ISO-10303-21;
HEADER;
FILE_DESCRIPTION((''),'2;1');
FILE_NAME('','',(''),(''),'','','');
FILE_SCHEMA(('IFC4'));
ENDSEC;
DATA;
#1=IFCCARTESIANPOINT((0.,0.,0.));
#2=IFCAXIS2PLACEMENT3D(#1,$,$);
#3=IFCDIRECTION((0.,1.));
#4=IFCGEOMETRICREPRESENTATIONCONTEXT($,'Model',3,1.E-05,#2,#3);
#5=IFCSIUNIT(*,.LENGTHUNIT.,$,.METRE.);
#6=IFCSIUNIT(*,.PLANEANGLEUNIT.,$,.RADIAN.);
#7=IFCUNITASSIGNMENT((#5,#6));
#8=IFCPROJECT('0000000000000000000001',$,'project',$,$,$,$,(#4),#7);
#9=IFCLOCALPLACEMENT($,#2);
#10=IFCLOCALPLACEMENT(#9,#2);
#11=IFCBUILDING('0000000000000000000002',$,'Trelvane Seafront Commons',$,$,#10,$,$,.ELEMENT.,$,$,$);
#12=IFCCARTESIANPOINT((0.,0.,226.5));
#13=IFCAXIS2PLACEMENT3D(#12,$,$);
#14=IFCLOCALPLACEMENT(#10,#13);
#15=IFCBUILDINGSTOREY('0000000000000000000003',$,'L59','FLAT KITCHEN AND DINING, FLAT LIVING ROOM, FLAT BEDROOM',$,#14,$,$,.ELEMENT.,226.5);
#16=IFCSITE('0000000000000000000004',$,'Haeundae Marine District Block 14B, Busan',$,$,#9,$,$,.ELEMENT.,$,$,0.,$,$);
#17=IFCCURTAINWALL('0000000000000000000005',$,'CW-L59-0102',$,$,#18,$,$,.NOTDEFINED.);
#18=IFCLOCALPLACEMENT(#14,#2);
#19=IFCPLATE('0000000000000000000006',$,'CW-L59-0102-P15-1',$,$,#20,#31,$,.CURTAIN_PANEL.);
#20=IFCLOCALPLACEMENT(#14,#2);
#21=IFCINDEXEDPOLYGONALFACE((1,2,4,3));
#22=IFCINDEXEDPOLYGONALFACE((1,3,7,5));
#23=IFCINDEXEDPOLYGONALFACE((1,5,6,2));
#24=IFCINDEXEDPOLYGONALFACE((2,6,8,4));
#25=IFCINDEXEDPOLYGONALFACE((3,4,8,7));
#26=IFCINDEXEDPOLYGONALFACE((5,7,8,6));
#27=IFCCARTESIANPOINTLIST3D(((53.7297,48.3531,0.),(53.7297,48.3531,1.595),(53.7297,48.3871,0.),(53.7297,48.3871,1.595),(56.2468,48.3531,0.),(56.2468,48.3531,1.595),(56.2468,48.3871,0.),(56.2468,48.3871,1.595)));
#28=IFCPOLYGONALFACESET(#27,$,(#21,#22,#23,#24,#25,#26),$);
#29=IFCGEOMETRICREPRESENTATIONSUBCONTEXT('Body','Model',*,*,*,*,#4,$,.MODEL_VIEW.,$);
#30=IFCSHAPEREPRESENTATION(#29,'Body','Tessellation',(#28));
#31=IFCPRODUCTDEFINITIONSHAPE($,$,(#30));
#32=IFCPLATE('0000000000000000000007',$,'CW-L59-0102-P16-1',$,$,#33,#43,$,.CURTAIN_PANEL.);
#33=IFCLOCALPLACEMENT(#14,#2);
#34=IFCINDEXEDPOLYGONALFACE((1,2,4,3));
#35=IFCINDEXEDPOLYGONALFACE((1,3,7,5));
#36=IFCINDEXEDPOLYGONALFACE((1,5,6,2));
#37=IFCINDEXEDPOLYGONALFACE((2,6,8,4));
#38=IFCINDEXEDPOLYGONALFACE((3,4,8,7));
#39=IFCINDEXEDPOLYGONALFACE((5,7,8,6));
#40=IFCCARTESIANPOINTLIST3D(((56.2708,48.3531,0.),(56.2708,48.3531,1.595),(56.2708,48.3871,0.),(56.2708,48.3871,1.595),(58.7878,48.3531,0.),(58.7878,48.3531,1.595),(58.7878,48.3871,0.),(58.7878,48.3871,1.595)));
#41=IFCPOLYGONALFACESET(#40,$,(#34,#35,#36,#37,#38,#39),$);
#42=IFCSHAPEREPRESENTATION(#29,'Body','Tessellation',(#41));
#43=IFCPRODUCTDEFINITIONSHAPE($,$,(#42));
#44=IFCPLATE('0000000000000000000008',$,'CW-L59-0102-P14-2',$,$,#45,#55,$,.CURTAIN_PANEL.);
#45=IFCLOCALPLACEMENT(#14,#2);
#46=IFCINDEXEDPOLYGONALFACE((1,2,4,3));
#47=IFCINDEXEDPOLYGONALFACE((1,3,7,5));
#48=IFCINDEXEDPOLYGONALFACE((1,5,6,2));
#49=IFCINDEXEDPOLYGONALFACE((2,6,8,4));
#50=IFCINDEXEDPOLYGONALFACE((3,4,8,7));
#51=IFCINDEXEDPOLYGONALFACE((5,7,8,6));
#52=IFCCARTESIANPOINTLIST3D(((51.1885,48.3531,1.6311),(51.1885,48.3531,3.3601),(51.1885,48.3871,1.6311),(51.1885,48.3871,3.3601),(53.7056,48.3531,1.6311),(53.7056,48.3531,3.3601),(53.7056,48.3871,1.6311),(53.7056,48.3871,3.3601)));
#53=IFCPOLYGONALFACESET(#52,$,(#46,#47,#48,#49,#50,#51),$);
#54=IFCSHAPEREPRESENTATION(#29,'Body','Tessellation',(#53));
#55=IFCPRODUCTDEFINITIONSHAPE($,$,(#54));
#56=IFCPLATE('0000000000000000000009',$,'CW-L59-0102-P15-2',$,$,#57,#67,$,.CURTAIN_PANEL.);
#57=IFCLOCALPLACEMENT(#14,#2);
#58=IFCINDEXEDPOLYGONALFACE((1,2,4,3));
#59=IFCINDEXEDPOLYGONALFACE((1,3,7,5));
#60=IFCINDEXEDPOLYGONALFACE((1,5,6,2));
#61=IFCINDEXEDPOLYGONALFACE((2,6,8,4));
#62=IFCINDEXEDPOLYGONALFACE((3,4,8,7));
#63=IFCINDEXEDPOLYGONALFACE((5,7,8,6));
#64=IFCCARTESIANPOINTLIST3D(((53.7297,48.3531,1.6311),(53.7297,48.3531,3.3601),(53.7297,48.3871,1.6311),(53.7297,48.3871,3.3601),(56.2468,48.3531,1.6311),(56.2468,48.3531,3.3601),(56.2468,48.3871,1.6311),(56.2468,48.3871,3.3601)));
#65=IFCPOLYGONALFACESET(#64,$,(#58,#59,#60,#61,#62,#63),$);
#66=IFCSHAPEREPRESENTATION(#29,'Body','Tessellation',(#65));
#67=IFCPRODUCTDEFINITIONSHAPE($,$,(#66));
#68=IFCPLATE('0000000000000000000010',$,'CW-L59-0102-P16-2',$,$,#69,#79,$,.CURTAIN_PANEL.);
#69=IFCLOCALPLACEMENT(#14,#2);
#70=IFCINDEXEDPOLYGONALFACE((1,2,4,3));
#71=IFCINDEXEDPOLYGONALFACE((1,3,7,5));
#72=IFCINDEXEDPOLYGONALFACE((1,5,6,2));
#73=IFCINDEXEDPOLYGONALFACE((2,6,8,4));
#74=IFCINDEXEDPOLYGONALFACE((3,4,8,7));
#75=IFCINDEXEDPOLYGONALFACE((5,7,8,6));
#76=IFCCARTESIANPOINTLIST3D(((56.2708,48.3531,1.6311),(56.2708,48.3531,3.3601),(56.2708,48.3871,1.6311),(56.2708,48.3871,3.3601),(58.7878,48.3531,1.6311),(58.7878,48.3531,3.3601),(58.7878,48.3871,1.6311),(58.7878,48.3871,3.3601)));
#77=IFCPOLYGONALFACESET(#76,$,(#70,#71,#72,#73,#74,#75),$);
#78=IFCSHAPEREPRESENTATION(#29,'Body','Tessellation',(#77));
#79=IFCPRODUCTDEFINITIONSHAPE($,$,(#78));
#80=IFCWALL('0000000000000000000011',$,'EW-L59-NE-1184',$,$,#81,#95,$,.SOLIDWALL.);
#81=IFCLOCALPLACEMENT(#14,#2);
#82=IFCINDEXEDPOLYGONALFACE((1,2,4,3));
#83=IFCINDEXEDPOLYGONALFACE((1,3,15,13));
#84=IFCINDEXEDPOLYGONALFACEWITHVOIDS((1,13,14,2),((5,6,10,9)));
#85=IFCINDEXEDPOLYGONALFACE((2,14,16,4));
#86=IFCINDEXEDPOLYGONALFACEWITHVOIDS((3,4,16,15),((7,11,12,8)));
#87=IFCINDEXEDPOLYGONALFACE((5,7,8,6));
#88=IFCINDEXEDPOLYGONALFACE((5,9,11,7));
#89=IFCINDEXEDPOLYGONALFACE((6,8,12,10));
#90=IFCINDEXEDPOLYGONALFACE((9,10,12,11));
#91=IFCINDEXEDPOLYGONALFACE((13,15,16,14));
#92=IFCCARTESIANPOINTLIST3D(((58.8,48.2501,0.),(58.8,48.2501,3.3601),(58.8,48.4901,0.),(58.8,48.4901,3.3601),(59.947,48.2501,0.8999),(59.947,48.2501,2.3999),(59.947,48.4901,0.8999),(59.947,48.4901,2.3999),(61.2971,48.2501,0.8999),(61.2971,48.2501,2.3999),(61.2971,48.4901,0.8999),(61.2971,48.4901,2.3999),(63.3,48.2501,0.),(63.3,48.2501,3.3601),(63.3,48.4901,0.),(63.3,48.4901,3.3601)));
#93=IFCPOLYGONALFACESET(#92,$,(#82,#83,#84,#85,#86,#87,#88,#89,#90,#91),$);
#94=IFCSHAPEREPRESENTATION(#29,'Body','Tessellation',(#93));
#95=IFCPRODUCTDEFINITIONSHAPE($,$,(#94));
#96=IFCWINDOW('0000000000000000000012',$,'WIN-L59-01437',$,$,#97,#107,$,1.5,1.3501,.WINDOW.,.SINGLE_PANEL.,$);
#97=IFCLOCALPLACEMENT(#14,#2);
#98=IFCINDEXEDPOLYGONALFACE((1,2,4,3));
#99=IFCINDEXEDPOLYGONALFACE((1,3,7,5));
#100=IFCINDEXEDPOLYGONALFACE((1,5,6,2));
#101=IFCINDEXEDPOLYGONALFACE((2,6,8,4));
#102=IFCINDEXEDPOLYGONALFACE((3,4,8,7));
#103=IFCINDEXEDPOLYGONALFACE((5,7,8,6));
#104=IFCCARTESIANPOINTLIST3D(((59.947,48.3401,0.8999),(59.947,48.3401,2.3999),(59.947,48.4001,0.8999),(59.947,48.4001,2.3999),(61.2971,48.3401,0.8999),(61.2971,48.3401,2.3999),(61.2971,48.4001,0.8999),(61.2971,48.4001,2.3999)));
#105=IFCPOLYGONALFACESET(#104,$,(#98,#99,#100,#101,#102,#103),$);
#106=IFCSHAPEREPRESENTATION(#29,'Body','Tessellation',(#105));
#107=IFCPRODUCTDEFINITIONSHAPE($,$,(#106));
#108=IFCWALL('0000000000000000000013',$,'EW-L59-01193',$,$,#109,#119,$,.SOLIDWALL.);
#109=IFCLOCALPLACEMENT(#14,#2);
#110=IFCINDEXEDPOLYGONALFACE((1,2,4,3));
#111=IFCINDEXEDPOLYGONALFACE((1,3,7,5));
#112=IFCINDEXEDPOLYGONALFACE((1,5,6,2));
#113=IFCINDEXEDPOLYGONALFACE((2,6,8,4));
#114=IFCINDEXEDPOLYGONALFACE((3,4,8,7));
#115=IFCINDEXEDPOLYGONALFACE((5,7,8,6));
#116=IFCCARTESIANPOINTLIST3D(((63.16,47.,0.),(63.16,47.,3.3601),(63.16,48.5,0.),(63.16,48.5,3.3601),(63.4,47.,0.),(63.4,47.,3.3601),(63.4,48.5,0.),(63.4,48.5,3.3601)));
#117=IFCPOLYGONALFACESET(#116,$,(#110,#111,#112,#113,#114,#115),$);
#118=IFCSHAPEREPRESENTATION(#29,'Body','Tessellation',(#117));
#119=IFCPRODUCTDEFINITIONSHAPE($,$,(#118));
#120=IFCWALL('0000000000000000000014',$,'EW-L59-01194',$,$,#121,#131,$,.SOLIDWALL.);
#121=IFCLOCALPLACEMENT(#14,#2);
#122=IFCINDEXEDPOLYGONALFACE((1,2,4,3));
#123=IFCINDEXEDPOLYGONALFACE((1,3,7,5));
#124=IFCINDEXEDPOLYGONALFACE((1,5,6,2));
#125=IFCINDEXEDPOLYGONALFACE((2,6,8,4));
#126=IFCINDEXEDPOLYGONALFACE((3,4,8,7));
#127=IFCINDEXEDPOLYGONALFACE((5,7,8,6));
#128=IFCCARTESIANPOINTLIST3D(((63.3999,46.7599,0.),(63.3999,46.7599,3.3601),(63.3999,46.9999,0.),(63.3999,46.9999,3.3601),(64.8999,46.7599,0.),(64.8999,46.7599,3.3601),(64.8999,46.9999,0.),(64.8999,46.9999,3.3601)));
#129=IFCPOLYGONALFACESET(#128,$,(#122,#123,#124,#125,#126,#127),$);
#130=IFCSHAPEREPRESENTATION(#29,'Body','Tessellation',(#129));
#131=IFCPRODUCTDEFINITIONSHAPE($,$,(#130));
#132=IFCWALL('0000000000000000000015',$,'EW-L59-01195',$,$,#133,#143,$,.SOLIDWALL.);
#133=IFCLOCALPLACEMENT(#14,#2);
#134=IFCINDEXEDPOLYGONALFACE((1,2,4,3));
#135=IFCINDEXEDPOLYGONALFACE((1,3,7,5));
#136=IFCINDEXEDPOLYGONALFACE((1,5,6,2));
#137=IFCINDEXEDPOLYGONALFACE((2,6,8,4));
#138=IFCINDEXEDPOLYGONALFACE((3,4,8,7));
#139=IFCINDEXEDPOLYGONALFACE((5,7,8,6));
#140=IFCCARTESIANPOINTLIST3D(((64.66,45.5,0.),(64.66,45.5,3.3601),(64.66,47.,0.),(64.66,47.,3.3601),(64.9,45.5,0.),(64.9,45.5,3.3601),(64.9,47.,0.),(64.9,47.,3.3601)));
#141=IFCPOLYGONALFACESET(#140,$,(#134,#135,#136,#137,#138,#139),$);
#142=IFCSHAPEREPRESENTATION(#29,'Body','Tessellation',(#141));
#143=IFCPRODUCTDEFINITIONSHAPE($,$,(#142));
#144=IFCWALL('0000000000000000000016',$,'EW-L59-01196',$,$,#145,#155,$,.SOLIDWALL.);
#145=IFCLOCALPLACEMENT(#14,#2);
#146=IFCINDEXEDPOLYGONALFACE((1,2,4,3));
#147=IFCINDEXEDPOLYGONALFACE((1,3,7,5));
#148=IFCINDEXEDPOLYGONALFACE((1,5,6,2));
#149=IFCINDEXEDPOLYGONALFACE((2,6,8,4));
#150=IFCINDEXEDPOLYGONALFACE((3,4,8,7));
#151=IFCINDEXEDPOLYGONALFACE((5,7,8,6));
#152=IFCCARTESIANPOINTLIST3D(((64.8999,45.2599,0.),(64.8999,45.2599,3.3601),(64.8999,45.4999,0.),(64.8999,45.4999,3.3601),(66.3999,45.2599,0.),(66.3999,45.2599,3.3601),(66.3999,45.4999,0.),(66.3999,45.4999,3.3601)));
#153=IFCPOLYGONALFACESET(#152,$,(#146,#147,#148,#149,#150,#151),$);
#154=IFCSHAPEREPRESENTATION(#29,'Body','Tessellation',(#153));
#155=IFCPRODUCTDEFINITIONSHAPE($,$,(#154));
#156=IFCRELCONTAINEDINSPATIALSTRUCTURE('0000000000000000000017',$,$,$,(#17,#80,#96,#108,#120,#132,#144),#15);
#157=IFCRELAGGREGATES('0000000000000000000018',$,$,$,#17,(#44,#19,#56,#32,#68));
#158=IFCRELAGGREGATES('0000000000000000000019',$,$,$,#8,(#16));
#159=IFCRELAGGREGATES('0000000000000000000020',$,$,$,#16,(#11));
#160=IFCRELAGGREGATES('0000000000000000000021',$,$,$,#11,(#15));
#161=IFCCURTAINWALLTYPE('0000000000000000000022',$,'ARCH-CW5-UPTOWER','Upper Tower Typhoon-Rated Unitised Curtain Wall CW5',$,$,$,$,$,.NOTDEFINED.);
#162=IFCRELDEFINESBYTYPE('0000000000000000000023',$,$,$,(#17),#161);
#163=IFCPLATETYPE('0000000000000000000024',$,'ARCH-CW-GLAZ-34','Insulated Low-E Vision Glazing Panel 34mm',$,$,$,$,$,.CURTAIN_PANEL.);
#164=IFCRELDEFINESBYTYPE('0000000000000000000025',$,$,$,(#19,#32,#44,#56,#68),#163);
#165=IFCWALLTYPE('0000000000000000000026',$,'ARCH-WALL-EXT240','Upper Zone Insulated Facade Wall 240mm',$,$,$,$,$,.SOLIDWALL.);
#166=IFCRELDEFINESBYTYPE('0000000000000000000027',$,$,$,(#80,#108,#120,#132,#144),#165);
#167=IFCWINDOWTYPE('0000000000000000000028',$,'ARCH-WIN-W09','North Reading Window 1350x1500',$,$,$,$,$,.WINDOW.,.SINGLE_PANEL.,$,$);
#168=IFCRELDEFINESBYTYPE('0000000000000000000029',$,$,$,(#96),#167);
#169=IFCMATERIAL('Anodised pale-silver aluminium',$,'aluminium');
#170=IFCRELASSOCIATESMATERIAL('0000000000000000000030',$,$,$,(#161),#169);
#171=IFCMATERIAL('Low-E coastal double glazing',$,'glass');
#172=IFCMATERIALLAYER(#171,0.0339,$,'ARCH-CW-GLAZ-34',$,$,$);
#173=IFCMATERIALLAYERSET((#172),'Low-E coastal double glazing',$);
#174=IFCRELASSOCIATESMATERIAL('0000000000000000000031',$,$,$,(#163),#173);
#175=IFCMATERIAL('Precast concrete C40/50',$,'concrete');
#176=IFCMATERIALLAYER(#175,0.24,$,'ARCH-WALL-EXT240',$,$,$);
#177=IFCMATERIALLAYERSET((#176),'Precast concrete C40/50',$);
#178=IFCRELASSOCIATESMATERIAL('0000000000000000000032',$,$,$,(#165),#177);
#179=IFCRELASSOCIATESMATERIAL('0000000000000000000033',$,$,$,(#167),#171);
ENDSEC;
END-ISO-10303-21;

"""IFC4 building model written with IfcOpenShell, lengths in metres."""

from ifc_helpers import new_model, si_unit, direction, frame, frame_2d, origin, origin_2d, place, context, subcontext, project, spatial, rectangle, extrude, source, transform, mapped, material, layer, layer_set, type_object, element, fill, aggregate, save


model = new_model("IFC4")

# Units and contexts
model_context = context("Model", 3, precision=1e-05, world=origin(), true_north=direction((0.0, 1.0)))
body_context = subcontext(model_context, "Body", "Model", "MODEL_VIEW")
ifc_project = project(units=[si_unit("LENGTHUNIT", "METRE"), si_unit("PLANEANGLEUNIT", "RADIAN")], contexts=[model_context])

# Site, building, storey
site_placement = place(None, origin())
site = spatial("IfcSite", under=ifc_project, at=site_placement, Name="Haeundae Marine District Block 14B, Busan", CompositionType="ELEMENT", RefElevation=0.0)
building_placement = place(site_placement, origin())
building = spatial("IfcBuilding", under=site, at=building_placement, Name="Trelvane Seafront Commons", CompositionType="ELEMENT")
storey_placement = place(building_placement, frame((0.0, 0.0, 226.5)))
storey = spatial("IfcBuildingStorey", under=building, at=storey_placement, Name="L59", Description="FLAT KITCHEN AND DINING, FLAT LIVING ROOM, FLAT BEDROOM", CompositionType="ELEMENT", Elevation=226.5)

# Curtain wall
ifc_material_1 = material(Name="Anodised pale-silver aluminium", Category="aluminium")
curtain_wall_type = type_object("IfcCurtainWallType", Name="ARCH-CW5-UPTOWER", Description="Upper Tower Typhoon-Rated Unitised Curtain Wall CW5", PredefinedType="NOTDEFINED", material=ifc_material_1)
curtain_wall_placement = place(storey_placement, origin())
curtain_wall = element("IfcCurtainWall", 1, at=curtain_wall_placement, inside=storey, type_object=curtain_wall_type, Name="CW-L59-0102", PredefinedType="NOTDEFINED")

# Plates
ifc_material_2 = material(Name="Low-E coastal double glazing", Category="glass")
ifc_layer_1 = layer(ifc_material_2, 0.0339, Name="ARCH-CW-GLAZ-34")
ifc_layer_set_1 = layer_set([ifc_layer_1], Name="Low-E coastal double glazing")
plate_type_1 = type_object("IfcPlateType", Name="ARCH-CW-GLAZ-34", Description="Insulated Low-E Vision Glazing Panel 34mm", PredefinedType="CURTAIN_PANEL", material=ifc_layer_set_1)
shared_shape_1 = source(origin(), body_context, "Body", "SweptSolid", [
    extrude(rectangle(XDim=2.5171, YDim=0.0339, at=origin_2d()), origin(), (0.0, 0.0, 1.0), 1.595),
])
plate_1_placement = place(storey_placement, frame((54.9883, 48.3701, 0.0), z_axis=(0.0, 0.0, 1.0), x_axis=(1.0, 0.0, 0.0)))
plate_1 = element("IfcPlate", 2, at=plate_1_placement, type_object=plate_type_1, Name="CW-L59-0102-P15-1", PredefinedType="CURTAIN_PANEL", context=body_context, shape_type="MappedRepresentation", body=[
    mapped(shared_shape_1, transform((0.0, 0.0, 0.0), x_axis=(1.0, 0.0, 0.0), y_axis=(0.0, 1.0, 0.0), z_axis=(0.0, 0.0, 1.0), scale=1.0)),
])
plate_2_placement = place(storey_placement, frame((57.5293, 48.3701, 0.0), z_axis=(0.0, 0.0, 1.0), x_axis=(1.0, 0.0, 0.0)))
plate_2 = element("IfcPlate", 3, at=plate_2_placement, type_object=plate_type_1, Name="CW-L59-0102-P16-1", PredefinedType="CURTAIN_PANEL", context=body_context, shape_type="MappedRepresentation", body=[
    mapped(shared_shape_1, transform((0.0, 0.0, 0.0), x_axis=(1.0, 0.0, 0.0), y_axis=(0.0, 1.0, 0.0), z_axis=(0.0, 0.0, 1.0), scale=1.0)),
])
shared_shape_2 = source(origin(), body_context, "Body", "SweptSolid", [
    extrude(rectangle(XDim=2.5171, YDim=0.0339, at=origin_2d()), origin(), (0.0, 0.0, 1.0), 1.729),
])
plate_3_placement = place(storey_placement, frame((52.447, 48.3701, 1.6311), z_axis=(0.0, 0.0, 1.0), x_axis=(1.0, 0.0, 0.0)))
plate_3 = element("IfcPlate", 4, at=plate_3_placement, type_object=plate_type_1, Name="CW-L59-0102-P14-2", PredefinedType="CURTAIN_PANEL", context=body_context, shape_type="MappedRepresentation", body=[
    mapped(shared_shape_2, transform((0.0, 0.0, 0.0), x_axis=(1.0, 0.0, 0.0), y_axis=(0.0, 1.0, 0.0), z_axis=(0.0, 0.0, 1.0), scale=1.0)),
])
plate_4_placement = place(storey_placement, frame((54.9883, 48.3701, 1.6311), z_axis=(0.0, 0.0, 1.0), x_axis=(1.0, 0.0, 0.0)))
plate_4 = element("IfcPlate", 5, at=plate_4_placement, type_object=plate_type_1, Name="CW-L59-0102-P15-2", PredefinedType="CURTAIN_PANEL", context=body_context, shape_type="MappedRepresentation", body=[
    mapped(shared_shape_2, transform((0.0, 0.0, 0.0), x_axis=(1.0, 0.0, 0.0), y_axis=(0.0, 1.0, 0.0), z_axis=(0.0, 0.0, 1.0), scale=1.0)),
])
plate_5_placement = place(storey_placement, frame((57.5293, 48.3701, 1.6311), z_axis=(0.0, 0.0, 1.0), x_axis=(1.0, 0.0, 0.0)))
plate_5 = element("IfcPlate", 6, at=plate_5_placement, type_object=plate_type_1, Name="CW-L59-0102-P16-2", PredefinedType="CURTAIN_PANEL", context=body_context, shape_type="MappedRepresentation", body=[
    mapped(shared_shape_2, transform((0.0, 0.0, 0.0), x_axis=(1.0, 0.0, 0.0), y_axis=(0.0, 1.0, 0.0), z_axis=(0.0, 0.0, 1.0), scale=1.0)),
])
aggregate(curtain_wall, [plate_3, plate_1, plate_4, plate_2, plate_5])

# Wall, opening, window
ifc_material_3 = material(Name="Precast concrete C40/50", Category="concrete")
ifc_layer_2 = layer(ifc_material_3, 0.24, Name="ARCH-WALL-EXT240")
ifc_layer_set_2 = layer_set([ifc_layer_2], Name="Precast concrete C40/50")
wall_type = type_object("IfcWallType", Name="ARCH-WALL-EXT240", Description="Upper Zone Insulated Facade Wall 240mm", PredefinedType="SOLIDWALL", material=ifc_layer_set_2)
wall_1_placement = place(storey_placement, frame((58.8, 48.3701, 0.0), z_axis=(0.0, 0.0, 1.0), x_axis=(1.0, 0.0, 0.0)))
wall_1 = element("IfcWall", 7, at=wall_1_placement, inside=storey, type_object=wall_type, Name="EW-L59-NE-1184", PredefinedType="SOLIDWALL", context=body_context, shape_type="SweptSolid", body=[
    extrude(rectangle(XDim=4.5, YDim=0.24, at=frame_2d((2.25, 0.0))), origin(), (0.0, 0.0, 1.0), 3.3601),
])
opening_1_placement = place(wall_1_placement, frame((1.147, 0.0, 0.8999)))
opening_1 = element("IfcOpeningElement", 8, at=opening_1_placement, cuts=wall_1, PredefinedType="OPENING", context=body_context, shape_type="SweptSolid", body=[
    extrude(rectangle(XDim=1.3501, YDim=1.5, at=frame_2d((0.675, 0.75))), frame((0.0, 0.1299, 0.0), z_axis=(0.0, -1.0, 0.0), x_axis=(1.0, 0.0, 0.0)), (0.0, 0.0, 1.0), 0.26),
])
window_type_1 = type_object("IfcWindowType", Name="ARCH-WIN-W09", Description="North Reading Window 1350x1500", PartitioningType="SINGLE_PANEL", PredefinedType="WINDOW", material=ifc_material_2)
shared_shape_3 = source(origin(), body_context, "Body", "SweptSolid", [
    extrude(rectangle(XDim=1.3501, YDim=1.5, at=frame_2d((0.675, 0.75))), frame((0.0, 0.03, 0.0), z_axis=(0.0, -1.0, 0.0), x_axis=(1.0, 0.0, 0.0)), (0.0, 0.0, 1.0), 0.0601),
])
window_1_placement = place(opening_1_placement, origin())
window_1 = element("IfcWindow", 9, at=window_1_placement, inside=storey, type_object=window_type_1, Name="WIN-L59-01437", OverallHeight=1.5, OverallWidth=1.3501, PartitioningType="SINGLE_PANEL", PredefinedType="WINDOW", context=body_context, shape_type="MappedRepresentation", body=[
    mapped(shared_shape_3, transform((0.0, 0.0, 0.0), x_axis=(1.0, 0.0, 0.0), y_axis=(0.0, 1.0, 0.0), z_axis=(0.0, 0.0, 1.0), scale=1.0)),
])
fill(opening_1, window_1)

# Walls
for number, where, z_axis, x_axis, name in (
    (10, (63.28, 48.5, 0.0), (0.0, 0.0, 1.0), (0.0, -1.0, 0.0), "EW-L59-01193"),
    (11, (63.3999, 46.8799, 0.0), (0.0, 0.0, 1.0), (1.0, 0.0, 0.0), "EW-L59-01194"),
    (12, (64.78, 47.0, 0.0), (0.0, 0.0, 1.0), (0.0, -1.0, 0.0), "EW-L59-01195"),
    (13, (64.8999, 45.3799, 0.0), (0.0, 0.0, 1.0), (1.0, 0.0, 0.0), "EW-L59-01196"),
):
    element("IfcWall", number, at=place(storey_placement, frame(where, z_axis=z_axis, x_axis=x_axis)), inside=storey, type_object=wall_type, Name=name, PredefinedType="SOLIDWALL", context=body_context, shape_type="SweptSolid", body=[
        extrude(rectangle(XDim=1.5, YDim=0.24, at=frame_2d((0.75, 0.0))), origin(), (0.0, 0.0, 1.0), 3.3601),
    ])

save(model, "model.ifc")
